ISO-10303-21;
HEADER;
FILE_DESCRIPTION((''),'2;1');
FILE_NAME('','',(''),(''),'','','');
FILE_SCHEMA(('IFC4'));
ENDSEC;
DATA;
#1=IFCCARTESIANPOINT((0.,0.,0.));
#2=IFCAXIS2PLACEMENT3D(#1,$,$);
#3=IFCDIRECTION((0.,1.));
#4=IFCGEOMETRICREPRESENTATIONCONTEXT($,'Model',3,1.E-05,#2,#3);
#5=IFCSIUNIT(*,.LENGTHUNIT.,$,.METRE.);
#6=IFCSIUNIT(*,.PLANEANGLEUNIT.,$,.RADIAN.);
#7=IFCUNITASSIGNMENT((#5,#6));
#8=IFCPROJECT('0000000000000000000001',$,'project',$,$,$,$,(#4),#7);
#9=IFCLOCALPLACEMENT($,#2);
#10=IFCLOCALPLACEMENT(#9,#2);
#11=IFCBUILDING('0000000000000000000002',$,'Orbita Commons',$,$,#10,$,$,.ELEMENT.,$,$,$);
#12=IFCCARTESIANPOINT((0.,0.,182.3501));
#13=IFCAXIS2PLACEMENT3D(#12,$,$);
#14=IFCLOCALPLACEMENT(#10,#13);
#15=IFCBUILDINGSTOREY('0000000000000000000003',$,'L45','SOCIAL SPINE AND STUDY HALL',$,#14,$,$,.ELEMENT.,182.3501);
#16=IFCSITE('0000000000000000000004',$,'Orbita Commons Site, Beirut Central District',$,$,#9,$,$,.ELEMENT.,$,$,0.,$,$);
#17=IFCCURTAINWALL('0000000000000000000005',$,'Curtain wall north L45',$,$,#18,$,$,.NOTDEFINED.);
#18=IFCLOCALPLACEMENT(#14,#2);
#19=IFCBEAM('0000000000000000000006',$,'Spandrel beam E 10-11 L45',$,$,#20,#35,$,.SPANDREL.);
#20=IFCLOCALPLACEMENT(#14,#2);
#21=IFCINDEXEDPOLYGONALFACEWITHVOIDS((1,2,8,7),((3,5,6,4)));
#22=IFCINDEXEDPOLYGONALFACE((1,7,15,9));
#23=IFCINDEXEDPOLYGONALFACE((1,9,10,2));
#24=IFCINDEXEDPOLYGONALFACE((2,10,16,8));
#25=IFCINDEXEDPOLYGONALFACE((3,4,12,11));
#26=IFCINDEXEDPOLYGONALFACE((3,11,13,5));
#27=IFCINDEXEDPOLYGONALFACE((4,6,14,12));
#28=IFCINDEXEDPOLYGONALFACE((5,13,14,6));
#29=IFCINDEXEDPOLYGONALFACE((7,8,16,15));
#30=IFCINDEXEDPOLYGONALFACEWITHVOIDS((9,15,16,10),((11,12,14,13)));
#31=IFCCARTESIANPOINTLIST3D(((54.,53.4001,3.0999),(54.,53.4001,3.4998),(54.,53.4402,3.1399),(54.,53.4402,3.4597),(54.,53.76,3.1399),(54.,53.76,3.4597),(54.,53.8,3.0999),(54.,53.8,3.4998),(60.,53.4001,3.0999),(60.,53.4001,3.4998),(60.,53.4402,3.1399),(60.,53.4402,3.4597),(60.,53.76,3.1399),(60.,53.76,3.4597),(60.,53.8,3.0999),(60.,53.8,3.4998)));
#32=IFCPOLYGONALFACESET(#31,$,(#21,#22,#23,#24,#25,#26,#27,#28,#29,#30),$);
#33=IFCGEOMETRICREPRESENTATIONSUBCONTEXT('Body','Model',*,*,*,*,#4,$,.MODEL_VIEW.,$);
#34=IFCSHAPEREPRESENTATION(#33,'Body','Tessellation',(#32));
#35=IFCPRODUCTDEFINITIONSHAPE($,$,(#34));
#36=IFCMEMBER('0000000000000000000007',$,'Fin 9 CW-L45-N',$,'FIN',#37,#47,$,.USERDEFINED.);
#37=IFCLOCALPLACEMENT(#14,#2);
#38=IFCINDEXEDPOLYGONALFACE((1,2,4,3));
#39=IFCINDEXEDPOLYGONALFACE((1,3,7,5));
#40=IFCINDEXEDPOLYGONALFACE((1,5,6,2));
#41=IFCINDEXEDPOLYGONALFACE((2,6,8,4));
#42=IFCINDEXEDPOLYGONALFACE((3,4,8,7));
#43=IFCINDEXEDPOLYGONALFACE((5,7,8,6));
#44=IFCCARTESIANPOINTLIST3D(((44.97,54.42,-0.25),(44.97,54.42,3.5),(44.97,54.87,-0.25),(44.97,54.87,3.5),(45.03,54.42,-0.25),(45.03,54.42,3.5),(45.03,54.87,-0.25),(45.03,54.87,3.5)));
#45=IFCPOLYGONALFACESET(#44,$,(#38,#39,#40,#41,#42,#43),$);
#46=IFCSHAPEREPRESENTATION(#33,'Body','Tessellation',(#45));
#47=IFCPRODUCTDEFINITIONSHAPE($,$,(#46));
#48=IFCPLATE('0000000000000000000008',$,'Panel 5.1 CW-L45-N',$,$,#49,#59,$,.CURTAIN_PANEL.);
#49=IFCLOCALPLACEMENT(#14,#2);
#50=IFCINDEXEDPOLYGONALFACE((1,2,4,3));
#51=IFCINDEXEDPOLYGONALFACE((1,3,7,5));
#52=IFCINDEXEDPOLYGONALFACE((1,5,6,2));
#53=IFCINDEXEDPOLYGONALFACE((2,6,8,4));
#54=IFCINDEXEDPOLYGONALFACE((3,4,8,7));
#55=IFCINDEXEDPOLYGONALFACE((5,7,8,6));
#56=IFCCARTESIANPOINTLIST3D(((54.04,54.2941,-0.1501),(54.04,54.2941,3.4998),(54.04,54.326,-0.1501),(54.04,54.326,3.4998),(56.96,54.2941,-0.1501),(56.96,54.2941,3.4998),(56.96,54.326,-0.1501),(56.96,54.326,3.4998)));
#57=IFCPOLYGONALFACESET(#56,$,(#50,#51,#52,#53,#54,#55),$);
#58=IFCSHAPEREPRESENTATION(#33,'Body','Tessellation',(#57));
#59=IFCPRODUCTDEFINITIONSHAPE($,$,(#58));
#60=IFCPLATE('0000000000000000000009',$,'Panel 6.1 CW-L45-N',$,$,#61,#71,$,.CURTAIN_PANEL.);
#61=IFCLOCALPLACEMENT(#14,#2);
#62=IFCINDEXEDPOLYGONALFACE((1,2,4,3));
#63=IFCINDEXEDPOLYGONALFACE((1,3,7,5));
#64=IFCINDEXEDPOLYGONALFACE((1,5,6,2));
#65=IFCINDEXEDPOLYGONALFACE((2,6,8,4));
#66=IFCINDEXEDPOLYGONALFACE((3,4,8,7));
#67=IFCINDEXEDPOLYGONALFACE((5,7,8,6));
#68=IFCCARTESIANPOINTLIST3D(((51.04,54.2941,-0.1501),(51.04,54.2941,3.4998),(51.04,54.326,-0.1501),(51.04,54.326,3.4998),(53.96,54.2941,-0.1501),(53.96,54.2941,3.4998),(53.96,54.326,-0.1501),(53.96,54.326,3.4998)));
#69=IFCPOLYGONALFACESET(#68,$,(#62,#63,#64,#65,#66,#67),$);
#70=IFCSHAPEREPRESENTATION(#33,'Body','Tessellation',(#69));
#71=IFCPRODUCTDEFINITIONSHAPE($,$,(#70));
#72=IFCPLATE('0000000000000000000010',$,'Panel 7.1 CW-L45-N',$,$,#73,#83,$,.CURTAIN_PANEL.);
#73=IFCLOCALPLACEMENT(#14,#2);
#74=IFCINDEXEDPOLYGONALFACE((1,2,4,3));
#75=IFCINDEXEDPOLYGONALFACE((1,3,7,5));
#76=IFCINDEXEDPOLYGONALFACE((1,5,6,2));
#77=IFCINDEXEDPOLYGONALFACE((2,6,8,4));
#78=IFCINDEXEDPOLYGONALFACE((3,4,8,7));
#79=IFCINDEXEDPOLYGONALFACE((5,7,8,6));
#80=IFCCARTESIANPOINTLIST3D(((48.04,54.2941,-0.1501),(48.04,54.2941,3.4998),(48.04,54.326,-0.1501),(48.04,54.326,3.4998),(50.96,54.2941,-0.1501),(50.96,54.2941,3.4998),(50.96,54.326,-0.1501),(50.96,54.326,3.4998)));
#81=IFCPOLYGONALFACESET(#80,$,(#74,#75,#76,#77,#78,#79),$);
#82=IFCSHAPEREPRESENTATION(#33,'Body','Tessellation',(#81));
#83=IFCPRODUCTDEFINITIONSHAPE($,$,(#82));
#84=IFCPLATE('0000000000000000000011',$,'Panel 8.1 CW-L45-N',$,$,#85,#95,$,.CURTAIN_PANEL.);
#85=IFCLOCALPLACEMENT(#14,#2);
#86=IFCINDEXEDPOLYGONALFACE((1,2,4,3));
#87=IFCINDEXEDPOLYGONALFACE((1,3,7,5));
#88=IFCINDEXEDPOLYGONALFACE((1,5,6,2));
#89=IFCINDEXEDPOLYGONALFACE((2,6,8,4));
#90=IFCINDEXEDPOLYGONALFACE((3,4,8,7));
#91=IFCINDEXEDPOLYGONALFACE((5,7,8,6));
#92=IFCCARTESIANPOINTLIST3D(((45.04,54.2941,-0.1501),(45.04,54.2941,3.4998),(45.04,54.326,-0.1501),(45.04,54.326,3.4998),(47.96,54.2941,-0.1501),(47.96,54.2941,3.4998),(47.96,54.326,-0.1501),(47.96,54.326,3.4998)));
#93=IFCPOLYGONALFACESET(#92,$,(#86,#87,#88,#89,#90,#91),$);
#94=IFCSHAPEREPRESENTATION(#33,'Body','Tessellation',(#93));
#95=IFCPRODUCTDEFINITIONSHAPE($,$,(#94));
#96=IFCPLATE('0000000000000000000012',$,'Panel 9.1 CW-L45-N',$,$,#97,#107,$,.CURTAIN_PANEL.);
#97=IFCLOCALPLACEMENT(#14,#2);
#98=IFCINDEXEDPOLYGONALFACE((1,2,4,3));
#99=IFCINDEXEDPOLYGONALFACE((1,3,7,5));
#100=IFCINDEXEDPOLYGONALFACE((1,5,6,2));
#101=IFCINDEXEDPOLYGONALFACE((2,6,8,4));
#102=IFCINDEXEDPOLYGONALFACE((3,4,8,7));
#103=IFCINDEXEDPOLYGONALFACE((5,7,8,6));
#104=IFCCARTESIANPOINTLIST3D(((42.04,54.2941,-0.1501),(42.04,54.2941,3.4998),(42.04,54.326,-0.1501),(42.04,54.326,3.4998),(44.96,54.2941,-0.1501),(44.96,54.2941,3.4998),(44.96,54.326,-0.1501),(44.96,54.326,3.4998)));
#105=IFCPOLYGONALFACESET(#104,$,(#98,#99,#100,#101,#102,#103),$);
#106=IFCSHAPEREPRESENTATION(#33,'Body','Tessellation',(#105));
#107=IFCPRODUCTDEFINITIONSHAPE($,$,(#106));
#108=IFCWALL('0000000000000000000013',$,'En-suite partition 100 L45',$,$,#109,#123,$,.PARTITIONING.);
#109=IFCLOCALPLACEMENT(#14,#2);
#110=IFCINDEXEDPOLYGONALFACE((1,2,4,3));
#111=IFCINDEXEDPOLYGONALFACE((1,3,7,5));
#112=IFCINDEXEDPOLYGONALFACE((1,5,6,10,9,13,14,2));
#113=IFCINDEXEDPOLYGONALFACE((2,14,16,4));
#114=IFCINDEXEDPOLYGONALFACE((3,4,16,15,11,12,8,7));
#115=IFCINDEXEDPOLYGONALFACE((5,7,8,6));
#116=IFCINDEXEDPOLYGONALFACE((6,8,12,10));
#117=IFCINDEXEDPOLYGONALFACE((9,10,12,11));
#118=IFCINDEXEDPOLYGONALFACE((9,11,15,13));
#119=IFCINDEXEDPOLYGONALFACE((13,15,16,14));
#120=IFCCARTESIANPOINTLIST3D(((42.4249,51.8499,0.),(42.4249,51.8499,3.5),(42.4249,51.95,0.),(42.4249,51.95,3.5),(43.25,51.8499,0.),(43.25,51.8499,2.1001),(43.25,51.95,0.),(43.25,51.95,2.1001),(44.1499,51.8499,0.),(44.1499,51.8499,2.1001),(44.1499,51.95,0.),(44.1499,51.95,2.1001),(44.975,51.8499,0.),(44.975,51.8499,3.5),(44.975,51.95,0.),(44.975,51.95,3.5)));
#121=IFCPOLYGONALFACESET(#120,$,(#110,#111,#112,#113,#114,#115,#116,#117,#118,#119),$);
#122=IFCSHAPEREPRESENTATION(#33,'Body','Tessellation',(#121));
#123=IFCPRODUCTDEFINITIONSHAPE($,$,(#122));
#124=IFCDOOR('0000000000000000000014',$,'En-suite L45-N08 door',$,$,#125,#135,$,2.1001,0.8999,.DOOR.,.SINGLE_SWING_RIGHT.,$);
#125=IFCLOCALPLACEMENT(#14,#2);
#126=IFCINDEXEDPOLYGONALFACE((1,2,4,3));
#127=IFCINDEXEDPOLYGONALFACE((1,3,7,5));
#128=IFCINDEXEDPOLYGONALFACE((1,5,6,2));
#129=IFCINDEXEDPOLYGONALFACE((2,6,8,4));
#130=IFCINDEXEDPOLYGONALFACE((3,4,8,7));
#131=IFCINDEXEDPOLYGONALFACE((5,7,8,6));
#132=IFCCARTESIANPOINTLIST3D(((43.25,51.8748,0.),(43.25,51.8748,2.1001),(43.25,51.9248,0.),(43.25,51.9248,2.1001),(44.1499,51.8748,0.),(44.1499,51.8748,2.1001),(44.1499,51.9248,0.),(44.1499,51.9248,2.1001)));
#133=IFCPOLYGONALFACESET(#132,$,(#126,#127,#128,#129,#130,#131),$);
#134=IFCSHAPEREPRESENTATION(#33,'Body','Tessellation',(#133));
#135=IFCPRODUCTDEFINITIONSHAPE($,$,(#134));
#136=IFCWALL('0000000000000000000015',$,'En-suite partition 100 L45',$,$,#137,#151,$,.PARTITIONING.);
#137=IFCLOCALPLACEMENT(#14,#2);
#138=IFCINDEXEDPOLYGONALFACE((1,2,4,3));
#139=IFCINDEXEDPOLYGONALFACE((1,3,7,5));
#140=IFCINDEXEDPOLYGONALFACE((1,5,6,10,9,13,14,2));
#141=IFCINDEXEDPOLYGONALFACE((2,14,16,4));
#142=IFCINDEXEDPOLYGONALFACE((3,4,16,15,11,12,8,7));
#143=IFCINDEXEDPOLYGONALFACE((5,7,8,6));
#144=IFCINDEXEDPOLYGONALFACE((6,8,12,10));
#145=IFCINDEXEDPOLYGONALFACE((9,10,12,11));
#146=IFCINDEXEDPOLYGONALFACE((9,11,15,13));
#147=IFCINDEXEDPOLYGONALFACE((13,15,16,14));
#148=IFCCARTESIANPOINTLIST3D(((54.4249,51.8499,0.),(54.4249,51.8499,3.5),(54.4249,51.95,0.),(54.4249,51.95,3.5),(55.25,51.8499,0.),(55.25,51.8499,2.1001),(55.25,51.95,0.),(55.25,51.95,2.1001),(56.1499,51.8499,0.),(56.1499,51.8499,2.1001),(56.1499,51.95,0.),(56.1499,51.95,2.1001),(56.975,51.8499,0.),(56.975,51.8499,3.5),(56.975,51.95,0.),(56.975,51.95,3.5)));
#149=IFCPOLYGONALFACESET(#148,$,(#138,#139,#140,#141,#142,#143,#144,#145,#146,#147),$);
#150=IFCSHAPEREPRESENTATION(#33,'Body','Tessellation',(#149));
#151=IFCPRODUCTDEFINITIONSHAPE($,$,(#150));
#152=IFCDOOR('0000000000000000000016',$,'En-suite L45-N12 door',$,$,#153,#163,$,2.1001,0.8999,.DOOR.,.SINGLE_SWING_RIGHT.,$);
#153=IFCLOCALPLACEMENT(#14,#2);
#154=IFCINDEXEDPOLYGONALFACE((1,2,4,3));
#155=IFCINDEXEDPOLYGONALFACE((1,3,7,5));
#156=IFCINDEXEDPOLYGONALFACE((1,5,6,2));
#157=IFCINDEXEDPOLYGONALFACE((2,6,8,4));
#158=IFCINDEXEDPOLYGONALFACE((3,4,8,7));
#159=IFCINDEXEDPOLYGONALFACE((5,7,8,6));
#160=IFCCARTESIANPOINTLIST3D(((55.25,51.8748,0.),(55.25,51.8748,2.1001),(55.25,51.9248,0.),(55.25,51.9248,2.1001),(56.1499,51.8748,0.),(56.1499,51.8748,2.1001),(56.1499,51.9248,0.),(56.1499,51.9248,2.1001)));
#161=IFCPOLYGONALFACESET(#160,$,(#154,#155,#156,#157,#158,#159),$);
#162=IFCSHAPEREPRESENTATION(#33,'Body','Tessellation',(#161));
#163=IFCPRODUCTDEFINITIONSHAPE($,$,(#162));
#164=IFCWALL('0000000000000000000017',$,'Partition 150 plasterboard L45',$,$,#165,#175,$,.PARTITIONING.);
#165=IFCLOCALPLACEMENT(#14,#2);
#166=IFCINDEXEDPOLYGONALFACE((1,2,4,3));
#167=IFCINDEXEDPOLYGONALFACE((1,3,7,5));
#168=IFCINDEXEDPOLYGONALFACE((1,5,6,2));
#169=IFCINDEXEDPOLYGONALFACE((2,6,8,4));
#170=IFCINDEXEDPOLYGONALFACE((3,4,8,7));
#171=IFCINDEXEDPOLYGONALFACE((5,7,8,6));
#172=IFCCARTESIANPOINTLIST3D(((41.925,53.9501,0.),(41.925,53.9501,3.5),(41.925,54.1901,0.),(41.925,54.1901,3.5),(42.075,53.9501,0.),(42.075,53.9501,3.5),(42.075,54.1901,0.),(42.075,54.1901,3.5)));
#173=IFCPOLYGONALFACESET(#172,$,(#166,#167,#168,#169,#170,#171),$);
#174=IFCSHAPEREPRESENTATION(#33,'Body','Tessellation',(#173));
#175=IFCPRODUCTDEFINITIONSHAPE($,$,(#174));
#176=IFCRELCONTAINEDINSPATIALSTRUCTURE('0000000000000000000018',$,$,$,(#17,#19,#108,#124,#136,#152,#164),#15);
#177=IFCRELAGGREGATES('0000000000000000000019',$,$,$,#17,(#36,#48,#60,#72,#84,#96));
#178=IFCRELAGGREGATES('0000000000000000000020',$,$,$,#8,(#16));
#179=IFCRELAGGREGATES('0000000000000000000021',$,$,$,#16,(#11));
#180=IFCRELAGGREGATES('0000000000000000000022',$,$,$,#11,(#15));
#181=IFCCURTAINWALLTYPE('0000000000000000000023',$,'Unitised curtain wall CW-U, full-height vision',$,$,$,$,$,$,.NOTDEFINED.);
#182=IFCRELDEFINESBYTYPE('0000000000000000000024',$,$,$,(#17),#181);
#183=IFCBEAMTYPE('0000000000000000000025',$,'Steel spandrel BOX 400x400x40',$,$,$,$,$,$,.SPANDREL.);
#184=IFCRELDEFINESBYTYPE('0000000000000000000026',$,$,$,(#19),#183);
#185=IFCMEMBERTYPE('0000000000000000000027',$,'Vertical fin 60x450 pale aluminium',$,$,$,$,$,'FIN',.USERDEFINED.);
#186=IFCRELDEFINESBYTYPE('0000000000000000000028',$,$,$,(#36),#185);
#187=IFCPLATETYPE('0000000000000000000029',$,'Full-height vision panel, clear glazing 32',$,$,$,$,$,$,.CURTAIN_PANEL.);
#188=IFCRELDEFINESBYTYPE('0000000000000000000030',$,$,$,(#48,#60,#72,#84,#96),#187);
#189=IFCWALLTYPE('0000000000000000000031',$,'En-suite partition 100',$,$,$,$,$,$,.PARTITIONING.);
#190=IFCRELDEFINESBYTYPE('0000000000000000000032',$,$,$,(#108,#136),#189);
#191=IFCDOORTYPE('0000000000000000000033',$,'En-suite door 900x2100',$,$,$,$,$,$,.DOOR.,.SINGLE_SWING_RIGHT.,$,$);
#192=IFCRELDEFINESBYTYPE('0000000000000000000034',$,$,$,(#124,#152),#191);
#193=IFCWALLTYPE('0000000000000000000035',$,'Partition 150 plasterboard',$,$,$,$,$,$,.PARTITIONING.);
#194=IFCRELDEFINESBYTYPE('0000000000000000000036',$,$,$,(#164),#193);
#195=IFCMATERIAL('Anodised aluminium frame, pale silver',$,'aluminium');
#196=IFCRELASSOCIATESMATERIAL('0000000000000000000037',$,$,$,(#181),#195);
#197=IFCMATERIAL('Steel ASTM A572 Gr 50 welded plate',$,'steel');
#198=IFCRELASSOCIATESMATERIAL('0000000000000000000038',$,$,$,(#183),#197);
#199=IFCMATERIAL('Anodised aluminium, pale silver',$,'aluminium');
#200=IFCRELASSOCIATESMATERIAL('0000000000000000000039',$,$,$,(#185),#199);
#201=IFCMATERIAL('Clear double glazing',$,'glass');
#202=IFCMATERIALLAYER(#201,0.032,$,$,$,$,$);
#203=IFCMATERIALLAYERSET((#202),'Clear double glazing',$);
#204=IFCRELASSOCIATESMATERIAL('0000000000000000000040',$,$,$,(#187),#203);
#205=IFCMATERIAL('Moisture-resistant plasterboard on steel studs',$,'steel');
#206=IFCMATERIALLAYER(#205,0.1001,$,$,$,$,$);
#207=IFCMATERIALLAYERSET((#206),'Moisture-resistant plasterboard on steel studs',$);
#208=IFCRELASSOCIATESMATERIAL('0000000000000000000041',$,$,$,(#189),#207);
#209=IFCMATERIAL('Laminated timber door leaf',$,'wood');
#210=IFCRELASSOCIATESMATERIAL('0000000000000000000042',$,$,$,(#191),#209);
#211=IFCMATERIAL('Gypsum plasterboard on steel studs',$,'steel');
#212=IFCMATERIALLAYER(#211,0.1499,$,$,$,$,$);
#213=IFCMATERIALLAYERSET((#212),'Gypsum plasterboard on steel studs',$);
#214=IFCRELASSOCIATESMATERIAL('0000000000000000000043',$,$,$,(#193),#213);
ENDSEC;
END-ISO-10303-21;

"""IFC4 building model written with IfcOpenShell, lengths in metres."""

from ifc_helpers import new_model, si_unit, direction, frame, frame_2d, origin, origin_2d, place, context, subcontext, project, spatial, rectangle, hollow_rectangle, extrude, material, layer, layer_set, material_profile, profile_set, type_object, element, fill, aggregate, save


model = new_model("IFC4")

# Units and contexts
model_context = context("Model", 3, precision=1e-05, world=origin(), true_north=direction((0.0, 1.0)))
body_context = subcontext(model_context, "Body", "Model", "MODEL_VIEW")
ifc_project = project(units=[si_unit("LENGTHUNIT", "METRE"), si_unit("PLANEANGLEUNIT", "RADIAN")], contexts=[model_context])

# Site, building, storey
site_placement = place(None, origin())
site = spatial("IfcSite", under=ifc_project, at=site_placement, Name="Orbita Commons Site, Beirut Central District", CompositionType="ELEMENT", RefElevation=0.0)
building_placement = place(site_placement, origin())
building = spatial("IfcBuilding", under=site, at=building_placement, Name="Orbita Commons", CompositionType="ELEMENT")
storey_placement = place(building_placement, frame((0.0, 0.0, 182.3501)))
storey = spatial("IfcBuildingStorey", under=building, at=storey_placement, Name="L45", Description="SOCIAL SPINE AND STUDY HALL", CompositionType="ELEMENT", Elevation=182.3501)

# Curtain wall
ifc_material_1 = material(Name="Anodised aluminium frame, pale silver", Category="aluminium")
curtain_wall_type = type_object("IfcCurtainWallType", Name="Unitised curtain wall CW-U, full-height vision", PredefinedType="NOTDEFINED", material=ifc_material_1)
curtain_wall_placement = place(storey_placement, origin())
curtain_wall = element("IfcCurtainWall", 1, at=curtain_wall_placement, inside=storey, type_object=curtain_wall_type, Name="Curtain wall north L45", PredefinedType="NOTDEFINED")

# Beam
ifc_material_2 = material(Name="Steel ASTM A572 Gr 50 welded plate", Category="steel")
ifc_material_profile_1 = material_profile(ifc_material_2, hollow_rectangle(XDim=0.3999, YDim=0.3999, WallThickness=0.04, at=origin_2d()), Name="BOX 400x400x40")
ifc_profile_set_1 = profile_set([ifc_material_profile_1], Name="Steel ASTM A572 Gr 50 welded plate")
beam_type = type_object("IfcBeamType", Name="Steel spandrel BOX 400x400x40", PredefinedType="SPANDREL", material=ifc_profile_set_1)
for number, where, z_axis, x_axis, name in (
    (2, (54.0, 53.6001, 3.2998), (1.0, 0.0, 0.0), (0.0, 1.0, 0.0), "Spandrel beam E 10-11 L45"),
):
    element("IfcBeam", number, at=place(storey_placement, frame(where, z_axis=z_axis, x_axis=x_axis)), inside=storey, type_object=beam_type, Name=name, PredefinedType="SPANDREL", context=body_context, shape_type="SweptSolid", body=[
        extrude(hollow_rectangle(XDim=0.3999, YDim=0.3999, WallThickness=0.04, at=origin_2d()), origin(), (0.0, 0.0, 1.0), 6.0),
    ])

# Member
ifc_material_3 = material(Name="Anodised aluminium, pale silver", Category="aluminium")
ifc_material_profile_2 = material_profile(ifc_material_3, rectangle(XDim=0.0601, YDim=0.45, at=origin_2d()), Name="FIN 60x450")
ifc_profile_set_2 = profile_set([ifc_material_profile_2], Name="Anodised aluminium, pale silver")
member_type_1 = type_object("IfcMemberType", Name="Vertical fin 60x450 pale aluminium", ElementType="FIN", PredefinedType="USERDEFINED", material=ifc_profile_set_2)
member_1_placement = place(storey_placement, frame((45.0, 54.645, -0.25), z_axis=(0.0, 0.0, 1.0), x_axis=(-1.0, 0.0, 0.0)))
member_1 = element("IfcMember", 3, at=member_1_placement, type_object=member_type_1, Name="Fin 9 CW-L45-N", ObjectType="FIN", PredefinedType="USERDEFINED", context=body_context, shape_type="SweptSolid", body=[
    extrude(rectangle(XDim=0.0601, YDim=0.45, at=origin_2d()), origin(), (0.0, 0.0, 1.0), 3.75),
])

# Plates
ifc_material_4 = material(Name="Clear double glazing", Category="glass")
ifc_layer_1 = layer(ifc_material_4, 0.032)
ifc_layer_set_1 = layer_set([ifc_layer_1], Name="Clear double glazing")
plate_type = type_object("IfcPlateType", Name="Full-height vision panel, clear glazing 32", PredefinedType="CURTAIN_PANEL", material=ifc_layer_set_1)
plate_1_placement = place(storey_placement, frame((55.5, 54.3101, -0.1501), z_axis=(0.0, 0.0, 1.0), x_axis=(-1.0, 0.0, 0.0)))
plate_1 = element("IfcPlate", 4, at=plate_1_placement, type_object=plate_type, Name="Panel 5.1 CW-L45-N", PredefinedType="CURTAIN_PANEL", context=body_context, shape_type="SweptSolid", body=[
    extrude(rectangle(XDim=2.9199, YDim=0.032, at=origin_2d()), origin(), (0.0, 0.0, 1.0), 3.6499),
])
plate_2_placement = place(storey_placement, frame((52.5, 54.3101, -0.1501), z_axis=(0.0, 0.0, 1.0), x_axis=(-1.0, 0.0, 0.0)))
plate_2 = element("IfcPlate", 5, at=plate_2_placement, type_object=plate_type, Name="Panel 6.1 CW-L45-N", PredefinedType="CURTAIN_PANEL", context=body_context, shape_type="SweptSolid", body=[
    extrude(rectangle(XDim=2.9199, YDim=0.032, at=origin_2d()), origin(), (0.0, 0.0, 1.0), 3.6499),
])
plate_3_placement = place(storey_placement, frame((49.5, 54.3101, -0.1501), z_axis=(0.0, 0.0, 1.0), x_axis=(-1.0, 0.0, 0.0)))
plate_3 = element("IfcPlate", 6, at=plate_3_placement, type_object=plate_type, Name="Panel 7.1 CW-L45-N", PredefinedType="CURTAIN_PANEL", context=body_context, shape_type="SweptSolid", body=[
    extrude(rectangle(XDim=2.9199, YDim=0.032, at=origin_2d()), origin(), (0.0, 0.0, 1.0), 3.6499),
])
plate_4_placement = place(storey_placement, frame((46.5, 54.3101, -0.1501), z_axis=(0.0, 0.0, 1.0), x_axis=(-1.0, 0.0, 0.0)))
plate_4 = element("IfcPlate", 7, at=plate_4_placement, type_object=plate_type, Name="Panel 8.1 CW-L45-N", PredefinedType="CURTAIN_PANEL", context=body_context, shape_type="SweptSolid", body=[
    extrude(rectangle(XDim=2.9199, YDim=0.032, at=origin_2d()), origin(), (0.0, 0.0, 1.0), 3.6499),
])
plate_5_placement = place(storey_placement, frame((43.5, 54.3101, -0.1501), z_axis=(0.0, 0.0, 1.0), x_axis=(-1.0, 0.0, 0.0)))
plate_5 = element("IfcPlate", 8, at=plate_5_placement, type_object=plate_type, Name="Panel 9.1 CW-L45-N", PredefinedType="CURTAIN_PANEL", context=body_context, shape_type="SweptSolid", body=[
    extrude(rectangle(XDim=2.9199, YDim=0.032, at=origin_2d()), origin(), (0.0, 0.0, 1.0), 3.6499),
])
aggregate(curtain_wall, [member_1, plate_1, plate_2, plate_3, plate_4, plate_5])

# Walls, openings, doors
ifc_material_5 = material(Name="Moisture-resistant plasterboard on steel studs", Category="steel")
ifc_layer_2 = layer(ifc_material_5, 0.1001)
ifc_layer_set_2 = layer_set([ifc_layer_2], Name="Moisture-resistant plasterboard on steel studs")
wall_type_1 = type_object("IfcWallType", Name="En-suite partition 100", PredefinedType="PARTITIONING", material=ifc_layer_set_2)
wall_1_placement = place(storey_placement, frame((42.425, 51.8999, 0.0), z_axis=(0.0, 0.0, 1.0), x_axis=(1.0, 0.0, 0.0)))
wall_1 = element("IfcWall", 9, at=wall_1_placement, inside=storey, type_object=wall_type_1, Name="En-suite partition 100 L45", PredefinedType="PARTITIONING", context=body_context, shape_type="SweptSolid", body=[
    extrude(rectangle(XDim=2.55, YDim=0.1001, at=frame_2d((1.2749, 0.0))), origin(), (0.0, 0.0, 1.0), 3.5),
])
opening_1_placement = place(wall_1_placement, frame((0.825, 0.0, 0.0)))
opening_1 = element("IfcOpeningElement", 10, at=opening_1_placement, cuts=wall_1, PredefinedType="OPENING", context=body_context, shape_type="SweptSolid", body=[
    extrude(rectangle(XDim=0.8999, YDim=2.1001, at=frame_2d((0.45, 1.05))), frame((0.0, 0.0601, 0.0), z_axis=(0.0, -1.0, 0.0), x_axis=(1.0, 0.0, 0.0)), (0.0, 0.0, 1.0), 0.1201),
])
ifc_material_6 = material(Name="Laminated timber door leaf", Category="wood")
door_type = type_object("IfcDoorType", Name="En-suite door 900x2100", OperationType="SINGLE_SWING_RIGHT", PredefinedType="DOOR", material=ifc_material_6)
door_1_placement = place(opening_1_placement, origin())
door_1 = element("IfcDoor", 11, at=door_1_placement, inside=storey, type_object=door_type, Name="En-suite L45-N08 door", OperationType="SINGLE_SWING_RIGHT", OverallHeight=2.1001, OverallWidth=0.8999, PredefinedType="DOOR", context=body_context, shape_type="SweptSolid", body=[
    extrude(rectangle(XDim=0.8999, YDim=2.1001, at=frame_2d((0.45, 1.05))), frame((0.0, 0.0249, 0.0), z_axis=(0.0, -1.0, 0.0), x_axis=(1.0, 0.0, 0.0)), (0.0, 0.0, 1.0), 0.05),
])
fill(opening_1, door_1)
wall_2_placement = place(storey_placement, frame((54.425, 51.8999, 0.0), z_axis=(0.0, 0.0, 1.0), x_axis=(1.0, 0.0, 0.0)))
wall_2 = element("IfcWall", 12, at=wall_2_placement, inside=storey, type_object=wall_type_1, Name="En-suite partition 100 L45", PredefinedType="PARTITIONING", context=body_context, shape_type="SweptSolid", body=[
    extrude(rectangle(XDim=2.55, YDim=0.1001, at=frame_2d((1.2749, 0.0))), origin(), (0.0, 0.0, 1.0), 3.5),
])
opening_2_placement = place(wall_2_placement, frame((0.825, 0.0, 0.0)))
opening_2 = element("IfcOpeningElement", 13, at=opening_2_placement, cuts=wall_2, PredefinedType="OPENING", context=body_context, shape_type="SweptSolid", body=[
    extrude(rectangle(XDim=0.8999, YDim=2.1001, at=frame_2d((0.45, 1.05))), frame((0.0, 0.0601, 0.0), z_axis=(0.0, -1.0, 0.0), x_axis=(1.0, 0.0, 0.0)), (0.0, 0.0, 1.0), 0.1201),
])
door_2_placement = place(opening_2_placement, origin())
door_2 = element("IfcDoor", 14, at=door_2_placement, inside=storey, type_object=door_type, Name="En-suite L45-N12 door", OperationType="SINGLE_SWING_RIGHT", OverallHeight=2.1001, OverallWidth=0.8999, PredefinedType="DOOR", context=body_context, shape_type="SweptSolid", body=[
    extrude(rectangle(XDim=0.8999, YDim=2.1001, at=frame_2d((0.45, 1.05))), frame((0.0, 0.0249, 0.0), z_axis=(0.0, -1.0, 0.0), x_axis=(1.0, 0.0, 0.0)), (0.0, 0.0, 1.0), 0.05),
])
fill(opening_2, door_2)

# Wall
ifc_material_7 = material(Name="Gypsum plasterboard on steel studs", Category="steel")
ifc_layer_3 = layer(ifc_material_7, 0.1499)
ifc_layer_set_3 = layer_set([ifc_layer_3], Name="Gypsum plasterboard on steel studs")
wall_type_2 = type_object("IfcWallType", Name="Partition 150 plasterboard", PredefinedType="PARTITIONING", material=ifc_layer_set_3)
for number, where, z_axis, x_axis, name in (
    (15, (42.0, 53.95, 0.0), (0.0, 0.0, 1.0), (0.0, 1.0, 0.0), "Partition 150 plasterboard L45"),
):
    element("IfcWall", number, at=place(storey_placement, frame(where, z_axis=z_axis, x_axis=x_axis)), inside=storey, type_object=wall_type_2, Name=name, PredefinedType="PARTITIONING", context=body_context, shape_type="SweptSolid", body=[
        extrude(rectangle(XDim=0.24, YDim=0.1499, at=frame_2d((0.1201, 0.0))), origin(), (0.0, 0.0, 1.0), 3.5),
    ])

save(model, "model.ifc")
